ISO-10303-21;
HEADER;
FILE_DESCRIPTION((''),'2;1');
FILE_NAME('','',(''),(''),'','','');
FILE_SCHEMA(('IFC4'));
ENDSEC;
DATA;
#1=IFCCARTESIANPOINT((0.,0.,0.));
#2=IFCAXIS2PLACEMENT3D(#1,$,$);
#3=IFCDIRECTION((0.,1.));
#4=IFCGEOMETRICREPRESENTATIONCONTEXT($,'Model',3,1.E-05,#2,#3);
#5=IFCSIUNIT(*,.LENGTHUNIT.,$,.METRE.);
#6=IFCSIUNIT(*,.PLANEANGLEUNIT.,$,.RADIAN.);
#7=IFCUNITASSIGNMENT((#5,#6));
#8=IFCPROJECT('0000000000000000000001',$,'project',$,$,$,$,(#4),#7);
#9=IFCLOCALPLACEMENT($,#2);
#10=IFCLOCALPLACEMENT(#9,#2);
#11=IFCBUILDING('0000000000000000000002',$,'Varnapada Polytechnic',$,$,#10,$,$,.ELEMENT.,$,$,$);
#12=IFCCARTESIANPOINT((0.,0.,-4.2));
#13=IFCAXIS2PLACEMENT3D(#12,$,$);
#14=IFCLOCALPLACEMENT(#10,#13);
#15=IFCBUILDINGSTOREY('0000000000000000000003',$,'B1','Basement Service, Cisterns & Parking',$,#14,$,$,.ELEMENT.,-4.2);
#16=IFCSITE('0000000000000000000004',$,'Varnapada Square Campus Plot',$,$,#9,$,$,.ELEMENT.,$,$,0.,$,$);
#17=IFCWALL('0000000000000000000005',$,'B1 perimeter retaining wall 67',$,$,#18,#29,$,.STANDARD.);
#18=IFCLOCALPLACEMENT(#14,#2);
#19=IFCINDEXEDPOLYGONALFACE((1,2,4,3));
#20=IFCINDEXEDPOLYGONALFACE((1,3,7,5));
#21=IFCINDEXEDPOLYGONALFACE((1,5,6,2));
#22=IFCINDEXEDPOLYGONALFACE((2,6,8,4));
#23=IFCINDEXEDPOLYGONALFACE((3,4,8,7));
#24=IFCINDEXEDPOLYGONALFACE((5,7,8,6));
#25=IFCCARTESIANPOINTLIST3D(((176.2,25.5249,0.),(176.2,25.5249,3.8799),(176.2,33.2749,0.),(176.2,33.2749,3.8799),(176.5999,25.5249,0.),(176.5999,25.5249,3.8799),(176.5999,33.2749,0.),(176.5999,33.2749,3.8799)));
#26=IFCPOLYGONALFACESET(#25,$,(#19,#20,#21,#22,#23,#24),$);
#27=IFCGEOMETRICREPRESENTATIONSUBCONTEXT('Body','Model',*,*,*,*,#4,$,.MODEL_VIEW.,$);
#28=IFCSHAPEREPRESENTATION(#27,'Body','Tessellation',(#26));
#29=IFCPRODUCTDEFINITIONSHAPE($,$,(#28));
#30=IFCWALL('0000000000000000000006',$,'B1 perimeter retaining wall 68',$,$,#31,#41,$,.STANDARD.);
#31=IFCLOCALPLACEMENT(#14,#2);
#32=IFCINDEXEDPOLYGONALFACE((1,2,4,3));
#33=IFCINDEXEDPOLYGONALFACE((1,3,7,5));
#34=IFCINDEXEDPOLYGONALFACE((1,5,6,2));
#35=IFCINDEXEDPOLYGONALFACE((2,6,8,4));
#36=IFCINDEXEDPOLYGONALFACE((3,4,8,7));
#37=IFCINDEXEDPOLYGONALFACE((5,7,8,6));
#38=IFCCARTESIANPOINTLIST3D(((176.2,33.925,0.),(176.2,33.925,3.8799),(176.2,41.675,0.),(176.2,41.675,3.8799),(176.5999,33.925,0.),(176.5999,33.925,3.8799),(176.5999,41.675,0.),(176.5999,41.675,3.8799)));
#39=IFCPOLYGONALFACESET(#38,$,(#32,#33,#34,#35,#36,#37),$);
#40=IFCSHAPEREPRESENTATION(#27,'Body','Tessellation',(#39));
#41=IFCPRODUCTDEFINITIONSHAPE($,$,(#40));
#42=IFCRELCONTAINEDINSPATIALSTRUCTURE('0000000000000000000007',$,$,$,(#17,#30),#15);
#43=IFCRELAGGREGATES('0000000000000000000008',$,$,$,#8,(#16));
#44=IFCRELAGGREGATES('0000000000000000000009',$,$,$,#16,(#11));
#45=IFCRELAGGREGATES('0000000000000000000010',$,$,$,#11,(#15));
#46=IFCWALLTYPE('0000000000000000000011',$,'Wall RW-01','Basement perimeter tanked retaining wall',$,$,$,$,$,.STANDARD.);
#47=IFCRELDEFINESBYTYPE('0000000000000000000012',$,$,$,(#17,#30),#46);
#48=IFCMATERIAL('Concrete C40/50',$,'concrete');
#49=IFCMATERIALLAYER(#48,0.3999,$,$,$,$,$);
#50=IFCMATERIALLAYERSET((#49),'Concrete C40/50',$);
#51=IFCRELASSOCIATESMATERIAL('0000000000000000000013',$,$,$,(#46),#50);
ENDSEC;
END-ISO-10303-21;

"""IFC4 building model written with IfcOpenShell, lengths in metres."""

from ifc_helpers import new_model, si_unit, direction, frame, frame_2d, origin, place, context, subcontext, project, spatial, rectangle, extrude, material, layer, layer_set, type_object, element, save


model = new_model("IFC4")

# Units and contexts
model_context = context("Model", 3, precision=1e-05, world=origin(), true_north=direction((0.0, 1.0)))
body_context = subcontext(model_context, "Body", "Model", "MODEL_VIEW")
ifc_project = project(units=[si_unit("LENGTHUNIT", "METRE"), si_unit("PLANEANGLEUNIT", "RADIAN")], contexts=[model_context])

# Site, building, storey
site_placement = place(None, origin())
site = spatial("IfcSite", under=ifc_project, at=site_placement, Name="Varnapada Square Campus Plot", CompositionType="ELEMENT", RefElevation=0.0)
building_placement = place(site_placement, origin())
building = spatial("IfcBuilding", under=site, at=building_placement, Name="Varnapada Polytechnic", CompositionType="ELEMENT")
storey_placement = place(building_placement, frame((0.0, 0.0, -4.2)))
storey = spatial("IfcBuildingStorey", under=building, at=storey_placement, Name="B1", Description="Basement Service, Cisterns & Parking", CompositionType="ELEMENT", Elevation=-4.2)

# Shared definitions
ifc_material_1 = material(Name="Concrete C40/50", Category="concrete")

# Walls
ifc_layer_1 = layer(ifc_material_1, 0.3999)
ifc_layer_set_1 = layer_set([ifc_layer_1], Name="Concrete C40/50")
wall_type_1 = type_object("IfcWallType", Name="Wall RW-01", Description="Basement perimeter tanked retaining wall", PredefinedType="STANDARD", material=ifc_layer_set_1)
for number, where, z_axis, x_axis, name in (
    (1, (176.3999, 33.2749, 0.0), (0.0, 0.0, 1.0), (0.0, -1.0, 0.0), "B1 perimeter retaining wall 67"),
    (2, (176.3999, 41.675, 0.0), (0.0, 0.0, 1.0), (0.0, -1.0, 0.0), "B1 perimeter retaining wall 68"),
):
    element("IfcWall", number, at=place(storey_placement, frame(where, z_axis=z_axis, x_axis=x_axis)), inside=storey, type_object=wall_type_1, Name=name, PredefinedType="STANDARD", context=body_context, shape_type="SweptSolid", body=[
        extrude(rectangle(XDim=7.75, YDim=0.3999, at=frame_2d((3.875, 0.0))), origin(), (0.0, 0.0, 1.0), 3.8799),
    ])

save(model, "model.ifc")
